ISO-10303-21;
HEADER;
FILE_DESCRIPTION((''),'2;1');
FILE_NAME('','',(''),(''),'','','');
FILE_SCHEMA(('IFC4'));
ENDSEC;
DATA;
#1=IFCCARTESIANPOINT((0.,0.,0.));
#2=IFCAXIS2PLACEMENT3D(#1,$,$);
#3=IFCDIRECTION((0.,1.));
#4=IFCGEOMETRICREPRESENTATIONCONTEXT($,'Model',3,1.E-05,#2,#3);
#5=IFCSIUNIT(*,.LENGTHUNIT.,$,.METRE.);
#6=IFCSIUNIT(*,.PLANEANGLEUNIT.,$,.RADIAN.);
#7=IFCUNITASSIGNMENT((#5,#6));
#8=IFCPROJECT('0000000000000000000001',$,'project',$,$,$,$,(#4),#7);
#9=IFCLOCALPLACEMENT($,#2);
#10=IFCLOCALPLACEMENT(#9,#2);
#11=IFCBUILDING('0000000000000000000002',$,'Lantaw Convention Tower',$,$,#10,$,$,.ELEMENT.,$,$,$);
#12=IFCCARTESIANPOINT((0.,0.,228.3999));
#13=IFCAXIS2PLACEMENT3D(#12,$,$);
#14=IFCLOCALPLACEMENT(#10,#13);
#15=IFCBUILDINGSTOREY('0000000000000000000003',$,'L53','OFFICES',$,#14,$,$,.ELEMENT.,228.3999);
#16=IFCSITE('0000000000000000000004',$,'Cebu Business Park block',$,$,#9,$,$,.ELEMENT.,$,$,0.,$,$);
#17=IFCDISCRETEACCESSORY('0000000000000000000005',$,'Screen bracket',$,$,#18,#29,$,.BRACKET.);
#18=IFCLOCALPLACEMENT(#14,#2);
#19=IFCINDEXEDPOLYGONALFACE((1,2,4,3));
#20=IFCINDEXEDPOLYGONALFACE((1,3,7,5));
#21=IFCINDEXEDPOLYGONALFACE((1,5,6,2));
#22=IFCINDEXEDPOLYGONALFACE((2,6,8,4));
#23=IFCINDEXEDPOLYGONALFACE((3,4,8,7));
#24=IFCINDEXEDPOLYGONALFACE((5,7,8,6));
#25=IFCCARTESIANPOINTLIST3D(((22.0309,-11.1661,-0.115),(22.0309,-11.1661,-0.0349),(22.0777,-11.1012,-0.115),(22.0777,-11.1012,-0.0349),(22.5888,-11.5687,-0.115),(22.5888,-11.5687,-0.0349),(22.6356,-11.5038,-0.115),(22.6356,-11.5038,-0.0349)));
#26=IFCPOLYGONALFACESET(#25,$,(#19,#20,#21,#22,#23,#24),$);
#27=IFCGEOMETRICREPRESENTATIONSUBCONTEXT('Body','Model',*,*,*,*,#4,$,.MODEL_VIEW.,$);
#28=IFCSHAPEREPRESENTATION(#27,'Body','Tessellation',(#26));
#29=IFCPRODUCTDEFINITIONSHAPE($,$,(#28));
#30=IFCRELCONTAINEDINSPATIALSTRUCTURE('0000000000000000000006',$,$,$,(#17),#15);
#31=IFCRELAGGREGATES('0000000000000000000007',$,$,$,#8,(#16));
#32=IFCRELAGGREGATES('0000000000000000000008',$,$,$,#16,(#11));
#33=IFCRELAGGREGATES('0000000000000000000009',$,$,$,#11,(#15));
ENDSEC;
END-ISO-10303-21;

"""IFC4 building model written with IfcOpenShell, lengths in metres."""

from ifc_helpers import new_model, si_unit, direction, frame, origin, origin_2d, place, context, subcontext, project, spatial, rectangle, extrude, element, save


model = new_model("IFC4")

# Units and contexts
model_context = context("Model", 3, precision=1e-05, world=origin(), true_north=direction((0.0, 1.0)))
body_context = subcontext(model_context, "Body", "Model", "MODEL_VIEW")
ifc_project = project(units=[si_unit("LENGTHUNIT", "METRE"), si_unit("PLANEANGLEUNIT", "RADIAN")], contexts=[model_context])

# Site, building, storey
site_placement = place(None, origin())
site = spatial("IfcSite", under=ifc_project, at=site_placement, Name="Cebu Business Park block", CompositionType="ELEMENT", RefElevation=0.0)
building_placement = place(site_placement, origin())
building = spatial("IfcBuilding", under=site, at=building_placement, Name="Lantaw Convention Tower", CompositionType="ELEMENT")
storey_placement = place(building_placement, frame((0.0, 0.0, 228.3999)))
storey = spatial("IfcBuildingStorey", under=building, at=storey_placement, Name="L53", Description="OFFICES", CompositionType="ELEMENT", Elevation=228.3999)

# Discrete accessory
for number, where, z_axis, x_axis, name in (
    (1, (22.3333, -11.335, -0.115), (0.0, 0.0, 1.0), (0.585158, 0.81092, 0.0), "Screen bracket"),
):
    element("IfcDiscreteAccessory", number, at=place(storey_placement, frame(where, z_axis=z_axis, x_axis=x_axis)), inside=storey, Name=name, PredefinedType="BRACKET", context=body_context, shape_type="SweptSolid", body=[
        extrude(rectangle(XDim=0.0801, YDim=0.688, at=origin_2d()), origin(), (0.0, 0.0, 1.0), 0.0801),
    ])

save(model, "model.ifc")
